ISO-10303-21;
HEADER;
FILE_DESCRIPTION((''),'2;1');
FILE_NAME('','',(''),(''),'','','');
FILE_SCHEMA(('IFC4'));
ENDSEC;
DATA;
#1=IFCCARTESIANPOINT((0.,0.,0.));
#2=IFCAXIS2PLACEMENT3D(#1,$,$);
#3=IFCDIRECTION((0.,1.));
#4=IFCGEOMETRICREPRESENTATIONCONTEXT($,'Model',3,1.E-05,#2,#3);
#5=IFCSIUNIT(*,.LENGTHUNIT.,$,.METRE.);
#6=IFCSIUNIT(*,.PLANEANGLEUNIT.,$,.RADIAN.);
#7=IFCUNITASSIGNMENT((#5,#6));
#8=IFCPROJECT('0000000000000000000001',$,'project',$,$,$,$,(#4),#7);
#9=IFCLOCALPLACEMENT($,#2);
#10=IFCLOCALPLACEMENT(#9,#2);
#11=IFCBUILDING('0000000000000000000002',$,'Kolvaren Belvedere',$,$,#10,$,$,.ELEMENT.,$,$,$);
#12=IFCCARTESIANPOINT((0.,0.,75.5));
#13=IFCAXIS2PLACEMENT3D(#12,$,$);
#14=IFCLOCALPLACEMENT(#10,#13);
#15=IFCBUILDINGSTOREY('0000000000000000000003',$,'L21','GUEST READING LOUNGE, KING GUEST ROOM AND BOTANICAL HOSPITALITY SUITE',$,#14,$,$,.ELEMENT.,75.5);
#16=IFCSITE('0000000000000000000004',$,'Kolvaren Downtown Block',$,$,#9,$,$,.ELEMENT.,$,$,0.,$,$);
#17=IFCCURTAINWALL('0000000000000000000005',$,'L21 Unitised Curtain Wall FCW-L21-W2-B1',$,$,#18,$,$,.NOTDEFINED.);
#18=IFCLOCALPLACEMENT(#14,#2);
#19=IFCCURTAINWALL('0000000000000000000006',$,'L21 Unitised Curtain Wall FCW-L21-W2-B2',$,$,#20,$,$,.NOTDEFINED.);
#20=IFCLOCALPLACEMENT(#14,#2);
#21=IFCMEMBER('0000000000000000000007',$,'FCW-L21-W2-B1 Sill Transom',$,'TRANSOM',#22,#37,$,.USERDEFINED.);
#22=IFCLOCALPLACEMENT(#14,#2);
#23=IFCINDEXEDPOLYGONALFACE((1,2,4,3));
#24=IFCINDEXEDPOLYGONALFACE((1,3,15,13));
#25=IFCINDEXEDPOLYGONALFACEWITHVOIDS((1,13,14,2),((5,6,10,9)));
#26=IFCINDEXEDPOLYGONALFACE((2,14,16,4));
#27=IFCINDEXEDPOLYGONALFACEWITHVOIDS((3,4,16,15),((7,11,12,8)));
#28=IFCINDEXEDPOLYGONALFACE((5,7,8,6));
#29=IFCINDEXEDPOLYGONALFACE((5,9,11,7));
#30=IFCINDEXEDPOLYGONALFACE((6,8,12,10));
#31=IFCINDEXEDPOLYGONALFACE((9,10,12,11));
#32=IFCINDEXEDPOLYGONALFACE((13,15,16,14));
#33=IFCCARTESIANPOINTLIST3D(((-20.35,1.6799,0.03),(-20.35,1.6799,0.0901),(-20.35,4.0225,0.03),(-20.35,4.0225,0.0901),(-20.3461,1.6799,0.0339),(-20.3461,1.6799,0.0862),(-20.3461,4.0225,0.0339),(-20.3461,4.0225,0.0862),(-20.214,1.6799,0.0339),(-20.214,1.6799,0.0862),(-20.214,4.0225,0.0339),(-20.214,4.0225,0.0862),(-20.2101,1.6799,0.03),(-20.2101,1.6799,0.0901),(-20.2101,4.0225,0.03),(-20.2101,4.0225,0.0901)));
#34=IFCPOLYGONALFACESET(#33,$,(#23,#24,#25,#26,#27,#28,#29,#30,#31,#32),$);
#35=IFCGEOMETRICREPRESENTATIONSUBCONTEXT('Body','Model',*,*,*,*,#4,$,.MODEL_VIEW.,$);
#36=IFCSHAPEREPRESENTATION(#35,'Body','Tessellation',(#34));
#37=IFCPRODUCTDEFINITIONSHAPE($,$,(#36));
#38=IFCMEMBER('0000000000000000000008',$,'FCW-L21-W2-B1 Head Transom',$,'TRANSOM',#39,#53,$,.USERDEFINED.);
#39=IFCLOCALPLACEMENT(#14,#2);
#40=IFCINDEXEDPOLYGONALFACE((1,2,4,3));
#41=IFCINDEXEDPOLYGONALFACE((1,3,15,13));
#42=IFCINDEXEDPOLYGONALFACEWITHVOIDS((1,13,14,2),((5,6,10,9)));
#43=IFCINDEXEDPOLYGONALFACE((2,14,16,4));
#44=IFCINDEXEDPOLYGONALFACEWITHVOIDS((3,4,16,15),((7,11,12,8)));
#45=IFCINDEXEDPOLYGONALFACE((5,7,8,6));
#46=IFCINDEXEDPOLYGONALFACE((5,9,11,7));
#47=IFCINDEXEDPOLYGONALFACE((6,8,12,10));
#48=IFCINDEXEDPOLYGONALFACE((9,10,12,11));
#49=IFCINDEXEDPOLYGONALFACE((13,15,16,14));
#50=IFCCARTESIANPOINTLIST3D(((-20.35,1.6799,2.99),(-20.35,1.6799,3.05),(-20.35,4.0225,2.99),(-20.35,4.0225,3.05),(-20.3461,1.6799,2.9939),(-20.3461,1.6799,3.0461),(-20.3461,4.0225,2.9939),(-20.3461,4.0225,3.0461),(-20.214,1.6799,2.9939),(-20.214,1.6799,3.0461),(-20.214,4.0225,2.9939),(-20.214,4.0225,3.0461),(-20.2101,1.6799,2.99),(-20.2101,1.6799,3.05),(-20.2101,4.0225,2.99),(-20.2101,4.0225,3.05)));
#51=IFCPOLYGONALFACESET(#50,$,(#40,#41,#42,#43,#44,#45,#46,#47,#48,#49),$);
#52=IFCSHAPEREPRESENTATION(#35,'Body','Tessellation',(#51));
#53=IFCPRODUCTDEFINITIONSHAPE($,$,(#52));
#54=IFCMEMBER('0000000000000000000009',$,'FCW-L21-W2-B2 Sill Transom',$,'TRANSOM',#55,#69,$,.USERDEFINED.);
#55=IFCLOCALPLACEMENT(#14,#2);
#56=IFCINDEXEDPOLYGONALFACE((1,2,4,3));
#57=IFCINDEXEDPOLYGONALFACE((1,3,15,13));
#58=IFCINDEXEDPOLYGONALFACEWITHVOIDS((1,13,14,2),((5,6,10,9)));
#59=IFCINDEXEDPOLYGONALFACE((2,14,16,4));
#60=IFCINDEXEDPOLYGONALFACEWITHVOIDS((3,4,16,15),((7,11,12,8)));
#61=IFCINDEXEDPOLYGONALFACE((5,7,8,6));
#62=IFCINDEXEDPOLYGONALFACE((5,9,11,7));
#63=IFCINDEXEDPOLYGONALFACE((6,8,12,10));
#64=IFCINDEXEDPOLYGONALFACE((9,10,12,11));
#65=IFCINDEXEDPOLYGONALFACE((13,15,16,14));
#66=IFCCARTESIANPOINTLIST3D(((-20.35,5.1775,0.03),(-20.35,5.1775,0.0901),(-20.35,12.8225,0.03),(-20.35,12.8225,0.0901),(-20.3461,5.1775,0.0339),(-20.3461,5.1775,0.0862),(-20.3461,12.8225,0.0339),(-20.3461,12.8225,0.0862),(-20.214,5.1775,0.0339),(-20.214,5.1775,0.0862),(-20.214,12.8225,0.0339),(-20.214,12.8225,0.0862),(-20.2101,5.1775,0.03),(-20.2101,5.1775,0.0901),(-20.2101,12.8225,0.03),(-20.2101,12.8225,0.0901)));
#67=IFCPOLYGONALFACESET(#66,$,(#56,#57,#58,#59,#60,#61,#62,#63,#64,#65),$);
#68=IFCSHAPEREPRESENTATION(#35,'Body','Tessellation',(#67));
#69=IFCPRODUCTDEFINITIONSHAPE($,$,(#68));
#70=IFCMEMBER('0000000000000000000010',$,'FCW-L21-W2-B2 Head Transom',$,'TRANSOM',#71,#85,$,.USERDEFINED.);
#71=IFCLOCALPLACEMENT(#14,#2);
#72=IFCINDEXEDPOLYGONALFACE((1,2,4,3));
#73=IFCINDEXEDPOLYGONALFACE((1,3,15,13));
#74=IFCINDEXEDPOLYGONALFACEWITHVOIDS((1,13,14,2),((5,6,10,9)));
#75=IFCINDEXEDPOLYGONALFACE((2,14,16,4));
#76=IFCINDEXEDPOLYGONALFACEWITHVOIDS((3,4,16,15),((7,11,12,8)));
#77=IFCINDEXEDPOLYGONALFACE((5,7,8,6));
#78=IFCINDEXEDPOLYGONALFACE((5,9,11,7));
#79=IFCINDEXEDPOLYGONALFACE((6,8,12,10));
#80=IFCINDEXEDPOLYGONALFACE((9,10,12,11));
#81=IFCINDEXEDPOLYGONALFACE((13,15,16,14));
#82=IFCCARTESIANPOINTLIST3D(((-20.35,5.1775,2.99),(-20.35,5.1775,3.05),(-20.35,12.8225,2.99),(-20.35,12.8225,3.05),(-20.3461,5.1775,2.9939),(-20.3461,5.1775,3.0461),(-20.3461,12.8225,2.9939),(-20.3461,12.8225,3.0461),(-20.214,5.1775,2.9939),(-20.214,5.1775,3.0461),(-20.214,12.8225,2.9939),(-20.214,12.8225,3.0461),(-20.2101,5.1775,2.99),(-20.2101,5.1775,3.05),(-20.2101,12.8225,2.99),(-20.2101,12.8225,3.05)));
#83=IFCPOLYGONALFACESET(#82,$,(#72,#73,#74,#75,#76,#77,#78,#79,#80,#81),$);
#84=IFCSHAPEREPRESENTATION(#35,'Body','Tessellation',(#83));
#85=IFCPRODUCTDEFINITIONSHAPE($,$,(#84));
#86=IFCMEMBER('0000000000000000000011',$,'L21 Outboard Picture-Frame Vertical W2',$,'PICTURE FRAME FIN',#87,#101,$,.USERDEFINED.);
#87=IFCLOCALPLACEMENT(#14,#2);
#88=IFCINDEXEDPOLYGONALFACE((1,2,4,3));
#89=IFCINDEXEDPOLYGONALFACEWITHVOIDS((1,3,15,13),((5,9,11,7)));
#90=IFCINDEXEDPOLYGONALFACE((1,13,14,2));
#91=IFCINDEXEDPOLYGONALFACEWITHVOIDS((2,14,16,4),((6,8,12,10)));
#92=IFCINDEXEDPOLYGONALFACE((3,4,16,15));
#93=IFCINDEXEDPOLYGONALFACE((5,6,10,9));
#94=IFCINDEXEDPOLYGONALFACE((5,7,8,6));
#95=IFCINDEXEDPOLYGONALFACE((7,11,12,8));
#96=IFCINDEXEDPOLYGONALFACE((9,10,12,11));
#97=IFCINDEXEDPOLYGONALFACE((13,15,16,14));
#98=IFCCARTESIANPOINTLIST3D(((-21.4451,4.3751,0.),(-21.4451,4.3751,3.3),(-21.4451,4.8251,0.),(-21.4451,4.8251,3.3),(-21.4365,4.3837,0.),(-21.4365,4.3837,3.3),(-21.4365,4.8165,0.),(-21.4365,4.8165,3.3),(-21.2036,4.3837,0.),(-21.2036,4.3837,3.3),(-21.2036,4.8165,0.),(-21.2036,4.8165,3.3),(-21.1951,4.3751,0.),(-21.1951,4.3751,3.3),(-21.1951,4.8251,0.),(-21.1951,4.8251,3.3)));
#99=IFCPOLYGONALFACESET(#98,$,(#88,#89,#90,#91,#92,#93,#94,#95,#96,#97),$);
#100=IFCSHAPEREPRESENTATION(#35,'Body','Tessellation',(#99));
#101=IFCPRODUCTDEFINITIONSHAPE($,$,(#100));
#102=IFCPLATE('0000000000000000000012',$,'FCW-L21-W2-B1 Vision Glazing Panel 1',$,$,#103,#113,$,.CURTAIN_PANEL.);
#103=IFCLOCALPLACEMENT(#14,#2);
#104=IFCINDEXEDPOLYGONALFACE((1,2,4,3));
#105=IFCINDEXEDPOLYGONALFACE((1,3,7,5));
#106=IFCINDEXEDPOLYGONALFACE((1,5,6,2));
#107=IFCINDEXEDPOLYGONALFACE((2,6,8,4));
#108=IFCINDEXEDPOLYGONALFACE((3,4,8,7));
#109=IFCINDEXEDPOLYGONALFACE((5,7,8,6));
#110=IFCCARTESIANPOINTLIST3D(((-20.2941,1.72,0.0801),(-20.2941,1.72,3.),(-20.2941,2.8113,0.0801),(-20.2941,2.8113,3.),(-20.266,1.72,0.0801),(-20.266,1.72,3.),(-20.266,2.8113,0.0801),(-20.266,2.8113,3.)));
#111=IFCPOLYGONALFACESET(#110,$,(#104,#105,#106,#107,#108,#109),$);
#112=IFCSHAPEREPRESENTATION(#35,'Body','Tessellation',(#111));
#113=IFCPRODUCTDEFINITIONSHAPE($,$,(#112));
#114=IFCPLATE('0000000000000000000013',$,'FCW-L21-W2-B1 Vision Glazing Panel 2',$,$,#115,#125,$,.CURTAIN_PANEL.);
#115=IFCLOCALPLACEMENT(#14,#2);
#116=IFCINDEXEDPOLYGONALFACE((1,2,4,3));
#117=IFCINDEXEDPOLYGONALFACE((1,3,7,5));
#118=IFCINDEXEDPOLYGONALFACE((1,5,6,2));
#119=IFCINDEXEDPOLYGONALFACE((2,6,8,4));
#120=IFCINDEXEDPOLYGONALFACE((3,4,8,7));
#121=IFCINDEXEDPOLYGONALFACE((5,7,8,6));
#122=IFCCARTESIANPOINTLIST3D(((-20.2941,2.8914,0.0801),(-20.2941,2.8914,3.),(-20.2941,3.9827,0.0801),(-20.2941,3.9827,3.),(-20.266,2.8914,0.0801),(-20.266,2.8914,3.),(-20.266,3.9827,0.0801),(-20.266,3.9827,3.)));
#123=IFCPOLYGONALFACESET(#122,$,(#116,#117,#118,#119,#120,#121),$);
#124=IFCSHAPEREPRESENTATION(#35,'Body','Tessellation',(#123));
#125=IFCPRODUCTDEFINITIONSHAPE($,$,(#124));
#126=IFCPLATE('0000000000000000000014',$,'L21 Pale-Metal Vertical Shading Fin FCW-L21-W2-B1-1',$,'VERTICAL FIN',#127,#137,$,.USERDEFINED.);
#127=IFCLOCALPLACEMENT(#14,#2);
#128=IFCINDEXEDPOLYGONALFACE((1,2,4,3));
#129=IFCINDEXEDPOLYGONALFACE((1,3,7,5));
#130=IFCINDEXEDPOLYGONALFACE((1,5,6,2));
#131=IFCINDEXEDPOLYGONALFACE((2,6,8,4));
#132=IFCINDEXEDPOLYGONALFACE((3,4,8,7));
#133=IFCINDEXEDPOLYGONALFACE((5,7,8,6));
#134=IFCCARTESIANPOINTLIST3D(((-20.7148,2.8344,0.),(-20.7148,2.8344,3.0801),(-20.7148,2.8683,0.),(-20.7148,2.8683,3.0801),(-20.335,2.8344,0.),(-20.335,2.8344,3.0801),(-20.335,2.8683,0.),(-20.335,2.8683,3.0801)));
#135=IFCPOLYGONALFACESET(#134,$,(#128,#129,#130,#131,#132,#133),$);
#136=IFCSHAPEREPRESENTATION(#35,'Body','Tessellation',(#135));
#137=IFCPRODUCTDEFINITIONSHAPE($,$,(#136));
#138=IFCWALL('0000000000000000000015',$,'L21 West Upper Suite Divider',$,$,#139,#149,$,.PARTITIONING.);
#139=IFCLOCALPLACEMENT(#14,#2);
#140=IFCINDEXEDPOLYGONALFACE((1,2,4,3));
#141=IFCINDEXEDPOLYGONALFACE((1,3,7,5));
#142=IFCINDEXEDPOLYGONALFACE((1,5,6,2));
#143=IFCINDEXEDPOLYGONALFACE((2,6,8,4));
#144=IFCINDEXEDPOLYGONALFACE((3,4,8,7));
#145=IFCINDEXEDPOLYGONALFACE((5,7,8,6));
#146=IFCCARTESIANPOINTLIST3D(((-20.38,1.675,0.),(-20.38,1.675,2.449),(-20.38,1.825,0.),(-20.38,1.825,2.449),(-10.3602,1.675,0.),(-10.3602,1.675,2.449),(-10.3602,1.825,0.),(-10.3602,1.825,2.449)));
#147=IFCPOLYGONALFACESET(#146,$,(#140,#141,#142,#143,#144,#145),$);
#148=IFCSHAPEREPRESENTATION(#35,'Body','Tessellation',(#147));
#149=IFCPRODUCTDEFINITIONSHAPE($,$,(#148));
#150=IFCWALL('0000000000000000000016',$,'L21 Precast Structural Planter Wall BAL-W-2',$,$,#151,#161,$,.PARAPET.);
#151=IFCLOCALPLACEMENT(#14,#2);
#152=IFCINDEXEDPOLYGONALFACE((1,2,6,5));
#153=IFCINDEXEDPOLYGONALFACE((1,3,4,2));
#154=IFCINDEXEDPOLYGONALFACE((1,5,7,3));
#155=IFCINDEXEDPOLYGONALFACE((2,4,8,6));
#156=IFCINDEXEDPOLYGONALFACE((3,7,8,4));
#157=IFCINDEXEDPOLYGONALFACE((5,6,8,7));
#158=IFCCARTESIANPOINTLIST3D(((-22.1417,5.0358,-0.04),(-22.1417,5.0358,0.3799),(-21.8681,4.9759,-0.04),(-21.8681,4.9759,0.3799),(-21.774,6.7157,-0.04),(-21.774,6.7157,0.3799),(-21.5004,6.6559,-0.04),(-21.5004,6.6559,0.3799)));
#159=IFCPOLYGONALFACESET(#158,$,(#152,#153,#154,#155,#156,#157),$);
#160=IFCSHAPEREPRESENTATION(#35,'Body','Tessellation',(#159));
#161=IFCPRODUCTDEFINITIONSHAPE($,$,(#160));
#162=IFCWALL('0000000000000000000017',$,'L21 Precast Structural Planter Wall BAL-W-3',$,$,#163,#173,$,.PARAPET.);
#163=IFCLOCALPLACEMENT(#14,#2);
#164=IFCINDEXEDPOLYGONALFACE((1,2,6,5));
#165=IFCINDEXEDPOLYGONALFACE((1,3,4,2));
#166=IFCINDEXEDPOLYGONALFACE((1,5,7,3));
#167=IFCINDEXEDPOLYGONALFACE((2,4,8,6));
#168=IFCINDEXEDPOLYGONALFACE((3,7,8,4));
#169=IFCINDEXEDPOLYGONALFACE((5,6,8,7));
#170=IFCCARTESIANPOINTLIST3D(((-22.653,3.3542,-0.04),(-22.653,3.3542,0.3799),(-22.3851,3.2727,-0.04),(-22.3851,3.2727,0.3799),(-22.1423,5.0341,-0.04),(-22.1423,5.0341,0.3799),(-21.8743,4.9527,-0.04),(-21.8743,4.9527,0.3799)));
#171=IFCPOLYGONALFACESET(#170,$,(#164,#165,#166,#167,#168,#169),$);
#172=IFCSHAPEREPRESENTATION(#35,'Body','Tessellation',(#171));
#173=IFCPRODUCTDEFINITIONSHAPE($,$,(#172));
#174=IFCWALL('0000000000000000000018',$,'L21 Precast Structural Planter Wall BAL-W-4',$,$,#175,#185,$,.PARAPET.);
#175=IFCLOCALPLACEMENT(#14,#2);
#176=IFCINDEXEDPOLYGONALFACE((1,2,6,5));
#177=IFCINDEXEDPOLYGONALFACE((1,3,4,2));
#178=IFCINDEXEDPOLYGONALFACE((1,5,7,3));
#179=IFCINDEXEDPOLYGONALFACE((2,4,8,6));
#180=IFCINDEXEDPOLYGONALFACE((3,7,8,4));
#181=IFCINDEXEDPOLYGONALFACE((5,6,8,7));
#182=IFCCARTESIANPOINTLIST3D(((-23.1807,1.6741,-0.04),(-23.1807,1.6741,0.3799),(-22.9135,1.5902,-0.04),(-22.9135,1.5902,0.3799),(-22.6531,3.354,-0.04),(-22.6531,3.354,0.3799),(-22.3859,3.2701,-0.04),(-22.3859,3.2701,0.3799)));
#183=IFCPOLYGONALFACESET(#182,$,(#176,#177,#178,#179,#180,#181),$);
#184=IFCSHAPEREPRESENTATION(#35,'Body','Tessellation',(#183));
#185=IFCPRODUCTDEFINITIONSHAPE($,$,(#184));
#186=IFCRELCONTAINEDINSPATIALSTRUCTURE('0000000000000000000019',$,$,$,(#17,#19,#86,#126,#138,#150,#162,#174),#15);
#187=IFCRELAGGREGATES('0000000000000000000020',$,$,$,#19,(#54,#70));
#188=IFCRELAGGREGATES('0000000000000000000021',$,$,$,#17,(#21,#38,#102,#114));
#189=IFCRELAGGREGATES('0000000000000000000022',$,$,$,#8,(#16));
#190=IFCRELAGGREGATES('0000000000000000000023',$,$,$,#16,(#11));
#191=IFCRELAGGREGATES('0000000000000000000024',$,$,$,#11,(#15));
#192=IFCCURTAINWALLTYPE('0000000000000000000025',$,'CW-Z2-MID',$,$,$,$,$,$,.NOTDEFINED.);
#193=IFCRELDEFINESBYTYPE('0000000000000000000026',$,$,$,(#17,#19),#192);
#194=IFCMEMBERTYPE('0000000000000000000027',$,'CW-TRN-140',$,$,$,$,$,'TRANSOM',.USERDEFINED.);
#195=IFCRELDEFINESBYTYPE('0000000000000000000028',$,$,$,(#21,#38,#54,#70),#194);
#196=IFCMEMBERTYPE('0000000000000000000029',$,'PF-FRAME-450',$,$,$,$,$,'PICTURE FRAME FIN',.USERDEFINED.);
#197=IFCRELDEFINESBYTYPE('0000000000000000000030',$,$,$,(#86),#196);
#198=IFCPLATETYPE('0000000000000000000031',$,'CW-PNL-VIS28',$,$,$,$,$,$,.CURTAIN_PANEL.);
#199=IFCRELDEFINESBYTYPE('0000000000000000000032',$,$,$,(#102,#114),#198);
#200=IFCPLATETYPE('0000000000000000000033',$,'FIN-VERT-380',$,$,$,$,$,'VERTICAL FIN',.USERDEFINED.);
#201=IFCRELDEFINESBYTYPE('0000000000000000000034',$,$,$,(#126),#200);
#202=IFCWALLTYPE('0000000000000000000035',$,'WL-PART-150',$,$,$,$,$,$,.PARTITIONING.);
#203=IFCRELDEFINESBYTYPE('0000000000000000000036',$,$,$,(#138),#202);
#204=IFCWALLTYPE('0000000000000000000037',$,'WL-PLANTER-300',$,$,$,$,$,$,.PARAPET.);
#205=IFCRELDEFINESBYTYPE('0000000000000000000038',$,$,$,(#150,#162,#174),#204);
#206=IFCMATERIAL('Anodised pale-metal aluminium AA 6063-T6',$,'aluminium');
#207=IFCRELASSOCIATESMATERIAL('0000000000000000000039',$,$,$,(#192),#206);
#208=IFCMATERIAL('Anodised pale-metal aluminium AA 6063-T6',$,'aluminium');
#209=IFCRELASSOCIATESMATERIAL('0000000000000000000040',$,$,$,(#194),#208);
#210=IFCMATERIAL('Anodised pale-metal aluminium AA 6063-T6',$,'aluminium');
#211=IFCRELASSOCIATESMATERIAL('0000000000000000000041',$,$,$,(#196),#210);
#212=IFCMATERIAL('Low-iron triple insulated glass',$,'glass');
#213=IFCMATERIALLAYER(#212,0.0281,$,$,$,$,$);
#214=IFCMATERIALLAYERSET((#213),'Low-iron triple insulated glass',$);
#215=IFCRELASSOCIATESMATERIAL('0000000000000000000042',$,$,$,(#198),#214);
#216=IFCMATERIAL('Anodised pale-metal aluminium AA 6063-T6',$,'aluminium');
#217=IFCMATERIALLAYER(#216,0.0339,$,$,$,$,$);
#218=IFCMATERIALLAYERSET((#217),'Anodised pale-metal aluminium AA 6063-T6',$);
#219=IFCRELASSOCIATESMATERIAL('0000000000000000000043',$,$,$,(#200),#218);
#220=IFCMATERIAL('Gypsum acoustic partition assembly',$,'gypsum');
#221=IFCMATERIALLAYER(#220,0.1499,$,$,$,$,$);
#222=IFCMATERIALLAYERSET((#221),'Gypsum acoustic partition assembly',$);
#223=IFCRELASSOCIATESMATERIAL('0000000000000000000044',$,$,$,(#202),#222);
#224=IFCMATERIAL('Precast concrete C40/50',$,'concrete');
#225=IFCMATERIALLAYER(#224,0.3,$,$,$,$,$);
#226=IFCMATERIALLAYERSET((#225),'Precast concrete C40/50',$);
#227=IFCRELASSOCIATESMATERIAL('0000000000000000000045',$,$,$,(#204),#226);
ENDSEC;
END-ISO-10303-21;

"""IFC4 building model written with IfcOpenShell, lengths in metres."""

from ifc_helpers import new_model, si_unit, direction, frame, frame_2d, origin, origin_2d, place, context, subcontext, project, spatial, rectangle, hollow_rectangle, extrude, material, layer, layer_set, material_profile, profile_set, type_object, element, aggregate, save


model = new_model("IFC4")

# Units and contexts
model_context = context("Model", 3, precision=1e-05, world=origin(), true_north=direction((0.0, 1.0)))
body_context = subcontext(model_context, "Body", "Model", "MODEL_VIEW")
ifc_project = project(units=[si_unit("LENGTHUNIT", "METRE"), si_unit("PLANEANGLEUNIT", "RADIAN")], contexts=[model_context])

# Site, building, storey
site_placement = place(None, origin())
site = spatial("IfcSite", under=ifc_project, at=site_placement, Name="Kolvaren Downtown Block", CompositionType="ELEMENT", RefElevation=0.0)
building_placement = place(site_placement, origin())
building = spatial("IfcBuilding", under=site, at=building_placement, Name="Kolvaren Belvedere", CompositionType="ELEMENT")
storey_placement = place(building_placement, frame((0.0, 0.0, 75.5)))
storey = spatial("IfcBuildingStorey", under=building, at=storey_placement, Name="L21", Description="GUEST READING LOUNGE, KING GUEST ROOM AND BOTANICAL HOSPITALITY SUITE", CompositionType="ELEMENT", Elevation=75.5)

# Curtain wall
ifc_material_1 = material(Name="Anodised pale-metal aluminium AA 6063-T6", Category="aluminium")
curtain_wall_type = type_object("IfcCurtainWallType", Name="CW-Z2-MID", PredefinedType="NOTDEFINED", material=ifc_material_1)
curtain_wall_1_placement = place(storey_placement, origin())
curtain_wall_1 = element("IfcCurtainWall", 1, at=curtain_wall_1_placement, inside=storey, type_object=curtain_wall_type, Name="L21 Unitised Curtain Wall FCW-L21-W2-B1", PredefinedType="NOTDEFINED")

# Curtain wall
curtain_wall_2_placement = place(storey_placement, origin())
curtain_wall_2 = element("IfcCurtainWall", 2, at=curtain_wall_2_placement, inside=storey, type_object=curtain_wall_type, Name="L21 Unitised Curtain Wall FCW-L21-W2-B2", PredefinedType="NOTDEFINED")

# Members
ifc_material_2 = material(Name="Anodised pale-metal aluminium AA 6063-T6", Category="aluminium")
ifc_material_profile_1 = material_profile(ifc_material_2, hollow_rectangle(XDim=0.0601, YDim=0.1399, WallThickness=0.0039, at=origin_2d()), Name="ALU-TRN-140X60")
ifc_profile_set_1 = profile_set([ifc_material_profile_1], Name="Anodised pale-metal aluminium AA 6063-T6")
member_type_1 = type_object("IfcMemberType", Name="CW-TRN-140", ElementType="TRANSOM", PredefinedType="USERDEFINED", material=ifc_profile_set_1)
member_1_placement = place(storey_placement, frame((-20.28, 1.6799, 0.0601), z_axis=(0.0, 1.0, 0.0), x_axis=(0.0, 0.0, 1.0)))
member_1 = element("IfcMember", 3, at=member_1_placement, type_object=member_type_1, Name="FCW-L21-W2-B1 Sill Transom", ObjectType="TRANSOM", PredefinedType="USERDEFINED", context=body_context, shape_type="SweptSolid", body=[
    extrude(hollow_rectangle(XDim=0.0601, YDim=0.1399, WallThickness=0.0039, at=origin_2d()), origin(), (0.0, 0.0, 1.0), 2.3425),
])
member_2_placement = place(storey_placement, frame((-20.28, 1.6799, 3.02), z_axis=(0.0, 1.0, 0.0), x_axis=(0.0, 0.0, 1.0)))
member_2 = element("IfcMember", 4, at=member_2_placement, type_object=member_type_1, Name="FCW-L21-W2-B1 Head Transom", ObjectType="TRANSOM", PredefinedType="USERDEFINED", context=body_context, shape_type="SweptSolid", body=[
    extrude(hollow_rectangle(XDim=0.0601, YDim=0.1399, WallThickness=0.0039, at=origin_2d()), origin(), (0.0, 0.0, 1.0), 2.3425),
])
member_3_placement = place(storey_placement, frame((-20.28, 5.1775, 0.0601), z_axis=(0.0, 1.0, 0.0), x_axis=(0.0, 0.0, 1.0)))
member_3 = element("IfcMember", 5, at=member_3_placement, type_object=member_type_1, Name="FCW-L21-W2-B2 Sill Transom", ObjectType="TRANSOM", PredefinedType="USERDEFINED", context=body_context, shape_type="SweptSolid", body=[
    extrude(hollow_rectangle(XDim=0.0601, YDim=0.1399, WallThickness=0.0039, at=origin_2d()), origin(), (0.0, 0.0, 1.0), 7.645),
])
member_4_placement = place(storey_placement, frame((-20.28, 5.1775, 3.02), z_axis=(0.0, 1.0, 0.0), x_axis=(0.0, 0.0, 1.0)))
member_4 = element("IfcMember", 6, at=member_4_placement, type_object=member_type_1, Name="FCW-L21-W2-B2 Head Transom", ObjectType="TRANSOM", PredefinedType="USERDEFINED", context=body_context, shape_type="SweptSolid", body=[
    extrude(hollow_rectangle(XDim=0.0601, YDim=0.1399, WallThickness=0.0039, at=origin_2d()), origin(), (0.0, 0.0, 1.0), 7.645),
])
aggregate(curtain_wall_2, [member_3, member_4])
ifc_material_3 = material(Name="Anodised pale-metal aluminium AA 6063-T6", Category="aluminium")
ifc_material_profile_2 = material_profile(ifc_material_3, hollow_rectangle(XDim=0.25, YDim=0.45, WallThickness=0.0085, at=origin_2d()), Name="ALU-PF-450X250")
ifc_profile_set_2 = profile_set([ifc_material_profile_2], Name="Anodised pale-metal aluminium AA 6063-T6")
member_type_2 = type_object("IfcMemberType", Name="PF-FRAME-450", ElementType="PICTURE FRAME FIN", PredefinedType="USERDEFINED", material=ifc_profile_set_2)
member_5_placement = place(storey_placement, frame((-21.3201, 4.6001, 0.0), z_axis=(0.0, 0.0, 1.0), x_axis=(1.0, 0.0, 0.0)))
element("IfcMember", 7, at=member_5_placement, inside=storey, type_object=member_type_2, Name="L21 Outboard Picture-Frame Vertical W2", ObjectType="PICTURE FRAME FIN", PredefinedType="USERDEFINED", context=body_context, shape_type="SweptSolid", body=[
    extrude(hollow_rectangle(XDim=0.25, YDim=0.45, WallThickness=0.0085, at=origin_2d()), origin(), (0.0, 0.0, 1.0), 3.3),
])

# Plates
ifc_material_4 = material(Name="Low-iron triple insulated glass", Category="glass")
ifc_layer_1 = layer(ifc_material_4, 0.0281)
ifc_layer_set_1 = layer_set([ifc_layer_1], Name="Low-iron triple insulated glass")
plate_type_1 = type_object("IfcPlateType", Name="CW-PNL-VIS28", PredefinedType="CURTAIN_PANEL", material=ifc_layer_set_1)
plate_1_placement = place(storey_placement, frame((-20.28, 2.2656, 0.0801), z_axis=(0.0, 0.0, 1.0), x_axis=(0.0, 1.0, 0.0)))
plate_1 = element("IfcPlate", 8, at=plate_1_placement, type_object=plate_type_1, Name="FCW-L21-W2-B1 Vision Glazing Panel 1", PredefinedType="CURTAIN_PANEL", context=body_context, shape_type="SweptSolid", body=[
    extrude(rectangle(XDim=1.0913, YDim=0.0281, at=origin_2d()), origin(), (0.0, 0.0, 1.0), 2.9199),
])
plate_2_placement = place(storey_placement, frame((-20.28, 3.437, 0.0801), z_axis=(0.0, 0.0, 1.0), x_axis=(0.0, 1.0, 0.0)))
plate_2 = element("IfcPlate", 9, at=plate_2_placement, type_object=plate_type_1, Name="FCW-L21-W2-B1 Vision Glazing Panel 2", PredefinedType="CURTAIN_PANEL", context=body_context, shape_type="SweptSolid", body=[
    extrude(rectangle(XDim=1.0913, YDim=0.0281, at=origin_2d()), origin(), (0.0, 0.0, 1.0), 2.9199),
])
aggregate(curtain_wall_1, [member_1, member_2, plate_1, plate_2])
ifc_material_5 = material(Name="Anodised pale-metal aluminium AA 6063-T6", Category="aluminium")
ifc_layer_2 = layer(ifc_material_5, 0.0339)
ifc_layer_set_2 = layer_set([ifc_layer_2], Name="Anodised pale-metal aluminium AA 6063-T6")
plate_type_2 = type_object("IfcPlateType", Name="FIN-VERT-380", ElementType="VERTICAL FIN", PredefinedType="USERDEFINED", material=ifc_layer_set_2)
plate_3_placement = place(storey_placement, frame((-20.5249, 2.8513, 0.0), z_axis=(0.0, 0.0, 1.0), x_axis=(1.0, 0.0, 0.0)))
element("IfcPlate", 10, at=plate_3_placement, inside=storey, type_object=plate_type_2, Name="L21 Pale-Metal Vertical Shading Fin FCW-L21-W2-B1-1", ObjectType="VERTICAL FIN", PredefinedType="USERDEFINED", context=body_context, shape_type="SweptSolid", body=[
    extrude(rectangle(XDim=0.3799, YDim=0.0339, at=origin_2d()), origin(), (0.0, 0.0, 1.0), 3.0801),
])

# Walls
ifc_material_6 = material(Name="Gypsum acoustic partition assembly", Category="gypsum")
ifc_layer_3 = layer(ifc_material_6, 0.1499)
ifc_layer_set_3 = layer_set([ifc_layer_3], Name="Gypsum acoustic partition assembly")
wall_type_1 = type_object("IfcWallType", Name="WL-PART-150", PredefinedType="PARTITIONING", material=ifc_layer_set_3)
wall_1_placement = place(storey_placement, frame((-20.3799, 1.75, 0.0), z_axis=(0.0, 0.0, 1.0), x_axis=(1.0, 0.0, 0.0)))
element("IfcWall", 11, at=wall_1_placement, inside=storey, type_object=wall_type_1, Name="L21 West Upper Suite Divider", PredefinedType="PARTITIONING", context=body_context, shape_type="SweptSolid", body=[
    extrude(rectangle(XDim=10.0198, YDim=0.1499, at=frame_2d((5.0098, 0.0))), origin(), (0.0, 0.0, 1.0), 2.449),
])
ifc_material_7 = material(Name="Precast concrete C40/50", Category="concrete")
ifc_layer_4 = layer(ifc_material_7, 0.3)
ifc_layer_set_4 = layer_set([ifc_layer_4], Name="Precast concrete C40/50")
wall_type_2 = type_object("IfcWallType", Name="WL-PLANTER-300", PredefinedType="PARAPET", material=ifc_layer_set_4)
wall_2_placement = place(storey_placement, frame((-21.6372, 6.6858, -0.04), z_axis=(0.0, 0.0, 1.0), x_axis=(-0.213803, -0.976877, 0.0)))
element("IfcWall", 12, at=wall_2_placement, inside=storey, type_object=wall_type_2, Name="L21 Precast Structural Planter Wall BAL-W-2", PredefinedType="PARAPET", context=body_context, shape_type="SweptSolid", body=[
    extrude(rectangle(XDim=1.7197, YDim=0.28, at=frame_2d((0.8599, 0.0))), origin(), (0.0, 0.0, 1.0), 0.4199),
])
wall_3_placement = place(storey_placement, frame((-22.0083, 4.9934, -0.04), z_axis=(0.0, 0.0, 1.0), x_axis=(-0.290879, -0.95676, 0.0)))
element("IfcWall", 13, at=wall_3_placement, inside=storey, type_object=wall_type_2, Name="L21 Precast Structural Planter Wall BAL-W-3", PredefinedType="PARAPET", context=body_context, shape_type="SweptSolid", body=[
    extrude(rectangle(XDim=1.7559, YDim=0.28, at=frame_2d((0.8779, 0.0))), origin(), (0.0, 0.0, 1.0), 0.4199),
])
wall_4_placement = place(storey_placement, frame((-22.5195, 3.312, -0.04), z_axis=(0.0, 0.0, 1.0), x_axis=(-0.299625, -0.954057, 0.0)))
element("IfcWall", 14, at=wall_4_placement, inside=storey, type_object=wall_type_2, Name="L21 Precast Structural Planter Wall BAL-W-4", PredefinedType="PARAPET", context=body_context, shape_type="SweptSolid", body=[
    extrude(rectangle(XDim=1.7607, YDim=0.28, at=frame_2d((0.8804, 0.0))), origin(), (0.0, 0.0, 1.0), 0.4199),
])

save(model, "model.ifc")
